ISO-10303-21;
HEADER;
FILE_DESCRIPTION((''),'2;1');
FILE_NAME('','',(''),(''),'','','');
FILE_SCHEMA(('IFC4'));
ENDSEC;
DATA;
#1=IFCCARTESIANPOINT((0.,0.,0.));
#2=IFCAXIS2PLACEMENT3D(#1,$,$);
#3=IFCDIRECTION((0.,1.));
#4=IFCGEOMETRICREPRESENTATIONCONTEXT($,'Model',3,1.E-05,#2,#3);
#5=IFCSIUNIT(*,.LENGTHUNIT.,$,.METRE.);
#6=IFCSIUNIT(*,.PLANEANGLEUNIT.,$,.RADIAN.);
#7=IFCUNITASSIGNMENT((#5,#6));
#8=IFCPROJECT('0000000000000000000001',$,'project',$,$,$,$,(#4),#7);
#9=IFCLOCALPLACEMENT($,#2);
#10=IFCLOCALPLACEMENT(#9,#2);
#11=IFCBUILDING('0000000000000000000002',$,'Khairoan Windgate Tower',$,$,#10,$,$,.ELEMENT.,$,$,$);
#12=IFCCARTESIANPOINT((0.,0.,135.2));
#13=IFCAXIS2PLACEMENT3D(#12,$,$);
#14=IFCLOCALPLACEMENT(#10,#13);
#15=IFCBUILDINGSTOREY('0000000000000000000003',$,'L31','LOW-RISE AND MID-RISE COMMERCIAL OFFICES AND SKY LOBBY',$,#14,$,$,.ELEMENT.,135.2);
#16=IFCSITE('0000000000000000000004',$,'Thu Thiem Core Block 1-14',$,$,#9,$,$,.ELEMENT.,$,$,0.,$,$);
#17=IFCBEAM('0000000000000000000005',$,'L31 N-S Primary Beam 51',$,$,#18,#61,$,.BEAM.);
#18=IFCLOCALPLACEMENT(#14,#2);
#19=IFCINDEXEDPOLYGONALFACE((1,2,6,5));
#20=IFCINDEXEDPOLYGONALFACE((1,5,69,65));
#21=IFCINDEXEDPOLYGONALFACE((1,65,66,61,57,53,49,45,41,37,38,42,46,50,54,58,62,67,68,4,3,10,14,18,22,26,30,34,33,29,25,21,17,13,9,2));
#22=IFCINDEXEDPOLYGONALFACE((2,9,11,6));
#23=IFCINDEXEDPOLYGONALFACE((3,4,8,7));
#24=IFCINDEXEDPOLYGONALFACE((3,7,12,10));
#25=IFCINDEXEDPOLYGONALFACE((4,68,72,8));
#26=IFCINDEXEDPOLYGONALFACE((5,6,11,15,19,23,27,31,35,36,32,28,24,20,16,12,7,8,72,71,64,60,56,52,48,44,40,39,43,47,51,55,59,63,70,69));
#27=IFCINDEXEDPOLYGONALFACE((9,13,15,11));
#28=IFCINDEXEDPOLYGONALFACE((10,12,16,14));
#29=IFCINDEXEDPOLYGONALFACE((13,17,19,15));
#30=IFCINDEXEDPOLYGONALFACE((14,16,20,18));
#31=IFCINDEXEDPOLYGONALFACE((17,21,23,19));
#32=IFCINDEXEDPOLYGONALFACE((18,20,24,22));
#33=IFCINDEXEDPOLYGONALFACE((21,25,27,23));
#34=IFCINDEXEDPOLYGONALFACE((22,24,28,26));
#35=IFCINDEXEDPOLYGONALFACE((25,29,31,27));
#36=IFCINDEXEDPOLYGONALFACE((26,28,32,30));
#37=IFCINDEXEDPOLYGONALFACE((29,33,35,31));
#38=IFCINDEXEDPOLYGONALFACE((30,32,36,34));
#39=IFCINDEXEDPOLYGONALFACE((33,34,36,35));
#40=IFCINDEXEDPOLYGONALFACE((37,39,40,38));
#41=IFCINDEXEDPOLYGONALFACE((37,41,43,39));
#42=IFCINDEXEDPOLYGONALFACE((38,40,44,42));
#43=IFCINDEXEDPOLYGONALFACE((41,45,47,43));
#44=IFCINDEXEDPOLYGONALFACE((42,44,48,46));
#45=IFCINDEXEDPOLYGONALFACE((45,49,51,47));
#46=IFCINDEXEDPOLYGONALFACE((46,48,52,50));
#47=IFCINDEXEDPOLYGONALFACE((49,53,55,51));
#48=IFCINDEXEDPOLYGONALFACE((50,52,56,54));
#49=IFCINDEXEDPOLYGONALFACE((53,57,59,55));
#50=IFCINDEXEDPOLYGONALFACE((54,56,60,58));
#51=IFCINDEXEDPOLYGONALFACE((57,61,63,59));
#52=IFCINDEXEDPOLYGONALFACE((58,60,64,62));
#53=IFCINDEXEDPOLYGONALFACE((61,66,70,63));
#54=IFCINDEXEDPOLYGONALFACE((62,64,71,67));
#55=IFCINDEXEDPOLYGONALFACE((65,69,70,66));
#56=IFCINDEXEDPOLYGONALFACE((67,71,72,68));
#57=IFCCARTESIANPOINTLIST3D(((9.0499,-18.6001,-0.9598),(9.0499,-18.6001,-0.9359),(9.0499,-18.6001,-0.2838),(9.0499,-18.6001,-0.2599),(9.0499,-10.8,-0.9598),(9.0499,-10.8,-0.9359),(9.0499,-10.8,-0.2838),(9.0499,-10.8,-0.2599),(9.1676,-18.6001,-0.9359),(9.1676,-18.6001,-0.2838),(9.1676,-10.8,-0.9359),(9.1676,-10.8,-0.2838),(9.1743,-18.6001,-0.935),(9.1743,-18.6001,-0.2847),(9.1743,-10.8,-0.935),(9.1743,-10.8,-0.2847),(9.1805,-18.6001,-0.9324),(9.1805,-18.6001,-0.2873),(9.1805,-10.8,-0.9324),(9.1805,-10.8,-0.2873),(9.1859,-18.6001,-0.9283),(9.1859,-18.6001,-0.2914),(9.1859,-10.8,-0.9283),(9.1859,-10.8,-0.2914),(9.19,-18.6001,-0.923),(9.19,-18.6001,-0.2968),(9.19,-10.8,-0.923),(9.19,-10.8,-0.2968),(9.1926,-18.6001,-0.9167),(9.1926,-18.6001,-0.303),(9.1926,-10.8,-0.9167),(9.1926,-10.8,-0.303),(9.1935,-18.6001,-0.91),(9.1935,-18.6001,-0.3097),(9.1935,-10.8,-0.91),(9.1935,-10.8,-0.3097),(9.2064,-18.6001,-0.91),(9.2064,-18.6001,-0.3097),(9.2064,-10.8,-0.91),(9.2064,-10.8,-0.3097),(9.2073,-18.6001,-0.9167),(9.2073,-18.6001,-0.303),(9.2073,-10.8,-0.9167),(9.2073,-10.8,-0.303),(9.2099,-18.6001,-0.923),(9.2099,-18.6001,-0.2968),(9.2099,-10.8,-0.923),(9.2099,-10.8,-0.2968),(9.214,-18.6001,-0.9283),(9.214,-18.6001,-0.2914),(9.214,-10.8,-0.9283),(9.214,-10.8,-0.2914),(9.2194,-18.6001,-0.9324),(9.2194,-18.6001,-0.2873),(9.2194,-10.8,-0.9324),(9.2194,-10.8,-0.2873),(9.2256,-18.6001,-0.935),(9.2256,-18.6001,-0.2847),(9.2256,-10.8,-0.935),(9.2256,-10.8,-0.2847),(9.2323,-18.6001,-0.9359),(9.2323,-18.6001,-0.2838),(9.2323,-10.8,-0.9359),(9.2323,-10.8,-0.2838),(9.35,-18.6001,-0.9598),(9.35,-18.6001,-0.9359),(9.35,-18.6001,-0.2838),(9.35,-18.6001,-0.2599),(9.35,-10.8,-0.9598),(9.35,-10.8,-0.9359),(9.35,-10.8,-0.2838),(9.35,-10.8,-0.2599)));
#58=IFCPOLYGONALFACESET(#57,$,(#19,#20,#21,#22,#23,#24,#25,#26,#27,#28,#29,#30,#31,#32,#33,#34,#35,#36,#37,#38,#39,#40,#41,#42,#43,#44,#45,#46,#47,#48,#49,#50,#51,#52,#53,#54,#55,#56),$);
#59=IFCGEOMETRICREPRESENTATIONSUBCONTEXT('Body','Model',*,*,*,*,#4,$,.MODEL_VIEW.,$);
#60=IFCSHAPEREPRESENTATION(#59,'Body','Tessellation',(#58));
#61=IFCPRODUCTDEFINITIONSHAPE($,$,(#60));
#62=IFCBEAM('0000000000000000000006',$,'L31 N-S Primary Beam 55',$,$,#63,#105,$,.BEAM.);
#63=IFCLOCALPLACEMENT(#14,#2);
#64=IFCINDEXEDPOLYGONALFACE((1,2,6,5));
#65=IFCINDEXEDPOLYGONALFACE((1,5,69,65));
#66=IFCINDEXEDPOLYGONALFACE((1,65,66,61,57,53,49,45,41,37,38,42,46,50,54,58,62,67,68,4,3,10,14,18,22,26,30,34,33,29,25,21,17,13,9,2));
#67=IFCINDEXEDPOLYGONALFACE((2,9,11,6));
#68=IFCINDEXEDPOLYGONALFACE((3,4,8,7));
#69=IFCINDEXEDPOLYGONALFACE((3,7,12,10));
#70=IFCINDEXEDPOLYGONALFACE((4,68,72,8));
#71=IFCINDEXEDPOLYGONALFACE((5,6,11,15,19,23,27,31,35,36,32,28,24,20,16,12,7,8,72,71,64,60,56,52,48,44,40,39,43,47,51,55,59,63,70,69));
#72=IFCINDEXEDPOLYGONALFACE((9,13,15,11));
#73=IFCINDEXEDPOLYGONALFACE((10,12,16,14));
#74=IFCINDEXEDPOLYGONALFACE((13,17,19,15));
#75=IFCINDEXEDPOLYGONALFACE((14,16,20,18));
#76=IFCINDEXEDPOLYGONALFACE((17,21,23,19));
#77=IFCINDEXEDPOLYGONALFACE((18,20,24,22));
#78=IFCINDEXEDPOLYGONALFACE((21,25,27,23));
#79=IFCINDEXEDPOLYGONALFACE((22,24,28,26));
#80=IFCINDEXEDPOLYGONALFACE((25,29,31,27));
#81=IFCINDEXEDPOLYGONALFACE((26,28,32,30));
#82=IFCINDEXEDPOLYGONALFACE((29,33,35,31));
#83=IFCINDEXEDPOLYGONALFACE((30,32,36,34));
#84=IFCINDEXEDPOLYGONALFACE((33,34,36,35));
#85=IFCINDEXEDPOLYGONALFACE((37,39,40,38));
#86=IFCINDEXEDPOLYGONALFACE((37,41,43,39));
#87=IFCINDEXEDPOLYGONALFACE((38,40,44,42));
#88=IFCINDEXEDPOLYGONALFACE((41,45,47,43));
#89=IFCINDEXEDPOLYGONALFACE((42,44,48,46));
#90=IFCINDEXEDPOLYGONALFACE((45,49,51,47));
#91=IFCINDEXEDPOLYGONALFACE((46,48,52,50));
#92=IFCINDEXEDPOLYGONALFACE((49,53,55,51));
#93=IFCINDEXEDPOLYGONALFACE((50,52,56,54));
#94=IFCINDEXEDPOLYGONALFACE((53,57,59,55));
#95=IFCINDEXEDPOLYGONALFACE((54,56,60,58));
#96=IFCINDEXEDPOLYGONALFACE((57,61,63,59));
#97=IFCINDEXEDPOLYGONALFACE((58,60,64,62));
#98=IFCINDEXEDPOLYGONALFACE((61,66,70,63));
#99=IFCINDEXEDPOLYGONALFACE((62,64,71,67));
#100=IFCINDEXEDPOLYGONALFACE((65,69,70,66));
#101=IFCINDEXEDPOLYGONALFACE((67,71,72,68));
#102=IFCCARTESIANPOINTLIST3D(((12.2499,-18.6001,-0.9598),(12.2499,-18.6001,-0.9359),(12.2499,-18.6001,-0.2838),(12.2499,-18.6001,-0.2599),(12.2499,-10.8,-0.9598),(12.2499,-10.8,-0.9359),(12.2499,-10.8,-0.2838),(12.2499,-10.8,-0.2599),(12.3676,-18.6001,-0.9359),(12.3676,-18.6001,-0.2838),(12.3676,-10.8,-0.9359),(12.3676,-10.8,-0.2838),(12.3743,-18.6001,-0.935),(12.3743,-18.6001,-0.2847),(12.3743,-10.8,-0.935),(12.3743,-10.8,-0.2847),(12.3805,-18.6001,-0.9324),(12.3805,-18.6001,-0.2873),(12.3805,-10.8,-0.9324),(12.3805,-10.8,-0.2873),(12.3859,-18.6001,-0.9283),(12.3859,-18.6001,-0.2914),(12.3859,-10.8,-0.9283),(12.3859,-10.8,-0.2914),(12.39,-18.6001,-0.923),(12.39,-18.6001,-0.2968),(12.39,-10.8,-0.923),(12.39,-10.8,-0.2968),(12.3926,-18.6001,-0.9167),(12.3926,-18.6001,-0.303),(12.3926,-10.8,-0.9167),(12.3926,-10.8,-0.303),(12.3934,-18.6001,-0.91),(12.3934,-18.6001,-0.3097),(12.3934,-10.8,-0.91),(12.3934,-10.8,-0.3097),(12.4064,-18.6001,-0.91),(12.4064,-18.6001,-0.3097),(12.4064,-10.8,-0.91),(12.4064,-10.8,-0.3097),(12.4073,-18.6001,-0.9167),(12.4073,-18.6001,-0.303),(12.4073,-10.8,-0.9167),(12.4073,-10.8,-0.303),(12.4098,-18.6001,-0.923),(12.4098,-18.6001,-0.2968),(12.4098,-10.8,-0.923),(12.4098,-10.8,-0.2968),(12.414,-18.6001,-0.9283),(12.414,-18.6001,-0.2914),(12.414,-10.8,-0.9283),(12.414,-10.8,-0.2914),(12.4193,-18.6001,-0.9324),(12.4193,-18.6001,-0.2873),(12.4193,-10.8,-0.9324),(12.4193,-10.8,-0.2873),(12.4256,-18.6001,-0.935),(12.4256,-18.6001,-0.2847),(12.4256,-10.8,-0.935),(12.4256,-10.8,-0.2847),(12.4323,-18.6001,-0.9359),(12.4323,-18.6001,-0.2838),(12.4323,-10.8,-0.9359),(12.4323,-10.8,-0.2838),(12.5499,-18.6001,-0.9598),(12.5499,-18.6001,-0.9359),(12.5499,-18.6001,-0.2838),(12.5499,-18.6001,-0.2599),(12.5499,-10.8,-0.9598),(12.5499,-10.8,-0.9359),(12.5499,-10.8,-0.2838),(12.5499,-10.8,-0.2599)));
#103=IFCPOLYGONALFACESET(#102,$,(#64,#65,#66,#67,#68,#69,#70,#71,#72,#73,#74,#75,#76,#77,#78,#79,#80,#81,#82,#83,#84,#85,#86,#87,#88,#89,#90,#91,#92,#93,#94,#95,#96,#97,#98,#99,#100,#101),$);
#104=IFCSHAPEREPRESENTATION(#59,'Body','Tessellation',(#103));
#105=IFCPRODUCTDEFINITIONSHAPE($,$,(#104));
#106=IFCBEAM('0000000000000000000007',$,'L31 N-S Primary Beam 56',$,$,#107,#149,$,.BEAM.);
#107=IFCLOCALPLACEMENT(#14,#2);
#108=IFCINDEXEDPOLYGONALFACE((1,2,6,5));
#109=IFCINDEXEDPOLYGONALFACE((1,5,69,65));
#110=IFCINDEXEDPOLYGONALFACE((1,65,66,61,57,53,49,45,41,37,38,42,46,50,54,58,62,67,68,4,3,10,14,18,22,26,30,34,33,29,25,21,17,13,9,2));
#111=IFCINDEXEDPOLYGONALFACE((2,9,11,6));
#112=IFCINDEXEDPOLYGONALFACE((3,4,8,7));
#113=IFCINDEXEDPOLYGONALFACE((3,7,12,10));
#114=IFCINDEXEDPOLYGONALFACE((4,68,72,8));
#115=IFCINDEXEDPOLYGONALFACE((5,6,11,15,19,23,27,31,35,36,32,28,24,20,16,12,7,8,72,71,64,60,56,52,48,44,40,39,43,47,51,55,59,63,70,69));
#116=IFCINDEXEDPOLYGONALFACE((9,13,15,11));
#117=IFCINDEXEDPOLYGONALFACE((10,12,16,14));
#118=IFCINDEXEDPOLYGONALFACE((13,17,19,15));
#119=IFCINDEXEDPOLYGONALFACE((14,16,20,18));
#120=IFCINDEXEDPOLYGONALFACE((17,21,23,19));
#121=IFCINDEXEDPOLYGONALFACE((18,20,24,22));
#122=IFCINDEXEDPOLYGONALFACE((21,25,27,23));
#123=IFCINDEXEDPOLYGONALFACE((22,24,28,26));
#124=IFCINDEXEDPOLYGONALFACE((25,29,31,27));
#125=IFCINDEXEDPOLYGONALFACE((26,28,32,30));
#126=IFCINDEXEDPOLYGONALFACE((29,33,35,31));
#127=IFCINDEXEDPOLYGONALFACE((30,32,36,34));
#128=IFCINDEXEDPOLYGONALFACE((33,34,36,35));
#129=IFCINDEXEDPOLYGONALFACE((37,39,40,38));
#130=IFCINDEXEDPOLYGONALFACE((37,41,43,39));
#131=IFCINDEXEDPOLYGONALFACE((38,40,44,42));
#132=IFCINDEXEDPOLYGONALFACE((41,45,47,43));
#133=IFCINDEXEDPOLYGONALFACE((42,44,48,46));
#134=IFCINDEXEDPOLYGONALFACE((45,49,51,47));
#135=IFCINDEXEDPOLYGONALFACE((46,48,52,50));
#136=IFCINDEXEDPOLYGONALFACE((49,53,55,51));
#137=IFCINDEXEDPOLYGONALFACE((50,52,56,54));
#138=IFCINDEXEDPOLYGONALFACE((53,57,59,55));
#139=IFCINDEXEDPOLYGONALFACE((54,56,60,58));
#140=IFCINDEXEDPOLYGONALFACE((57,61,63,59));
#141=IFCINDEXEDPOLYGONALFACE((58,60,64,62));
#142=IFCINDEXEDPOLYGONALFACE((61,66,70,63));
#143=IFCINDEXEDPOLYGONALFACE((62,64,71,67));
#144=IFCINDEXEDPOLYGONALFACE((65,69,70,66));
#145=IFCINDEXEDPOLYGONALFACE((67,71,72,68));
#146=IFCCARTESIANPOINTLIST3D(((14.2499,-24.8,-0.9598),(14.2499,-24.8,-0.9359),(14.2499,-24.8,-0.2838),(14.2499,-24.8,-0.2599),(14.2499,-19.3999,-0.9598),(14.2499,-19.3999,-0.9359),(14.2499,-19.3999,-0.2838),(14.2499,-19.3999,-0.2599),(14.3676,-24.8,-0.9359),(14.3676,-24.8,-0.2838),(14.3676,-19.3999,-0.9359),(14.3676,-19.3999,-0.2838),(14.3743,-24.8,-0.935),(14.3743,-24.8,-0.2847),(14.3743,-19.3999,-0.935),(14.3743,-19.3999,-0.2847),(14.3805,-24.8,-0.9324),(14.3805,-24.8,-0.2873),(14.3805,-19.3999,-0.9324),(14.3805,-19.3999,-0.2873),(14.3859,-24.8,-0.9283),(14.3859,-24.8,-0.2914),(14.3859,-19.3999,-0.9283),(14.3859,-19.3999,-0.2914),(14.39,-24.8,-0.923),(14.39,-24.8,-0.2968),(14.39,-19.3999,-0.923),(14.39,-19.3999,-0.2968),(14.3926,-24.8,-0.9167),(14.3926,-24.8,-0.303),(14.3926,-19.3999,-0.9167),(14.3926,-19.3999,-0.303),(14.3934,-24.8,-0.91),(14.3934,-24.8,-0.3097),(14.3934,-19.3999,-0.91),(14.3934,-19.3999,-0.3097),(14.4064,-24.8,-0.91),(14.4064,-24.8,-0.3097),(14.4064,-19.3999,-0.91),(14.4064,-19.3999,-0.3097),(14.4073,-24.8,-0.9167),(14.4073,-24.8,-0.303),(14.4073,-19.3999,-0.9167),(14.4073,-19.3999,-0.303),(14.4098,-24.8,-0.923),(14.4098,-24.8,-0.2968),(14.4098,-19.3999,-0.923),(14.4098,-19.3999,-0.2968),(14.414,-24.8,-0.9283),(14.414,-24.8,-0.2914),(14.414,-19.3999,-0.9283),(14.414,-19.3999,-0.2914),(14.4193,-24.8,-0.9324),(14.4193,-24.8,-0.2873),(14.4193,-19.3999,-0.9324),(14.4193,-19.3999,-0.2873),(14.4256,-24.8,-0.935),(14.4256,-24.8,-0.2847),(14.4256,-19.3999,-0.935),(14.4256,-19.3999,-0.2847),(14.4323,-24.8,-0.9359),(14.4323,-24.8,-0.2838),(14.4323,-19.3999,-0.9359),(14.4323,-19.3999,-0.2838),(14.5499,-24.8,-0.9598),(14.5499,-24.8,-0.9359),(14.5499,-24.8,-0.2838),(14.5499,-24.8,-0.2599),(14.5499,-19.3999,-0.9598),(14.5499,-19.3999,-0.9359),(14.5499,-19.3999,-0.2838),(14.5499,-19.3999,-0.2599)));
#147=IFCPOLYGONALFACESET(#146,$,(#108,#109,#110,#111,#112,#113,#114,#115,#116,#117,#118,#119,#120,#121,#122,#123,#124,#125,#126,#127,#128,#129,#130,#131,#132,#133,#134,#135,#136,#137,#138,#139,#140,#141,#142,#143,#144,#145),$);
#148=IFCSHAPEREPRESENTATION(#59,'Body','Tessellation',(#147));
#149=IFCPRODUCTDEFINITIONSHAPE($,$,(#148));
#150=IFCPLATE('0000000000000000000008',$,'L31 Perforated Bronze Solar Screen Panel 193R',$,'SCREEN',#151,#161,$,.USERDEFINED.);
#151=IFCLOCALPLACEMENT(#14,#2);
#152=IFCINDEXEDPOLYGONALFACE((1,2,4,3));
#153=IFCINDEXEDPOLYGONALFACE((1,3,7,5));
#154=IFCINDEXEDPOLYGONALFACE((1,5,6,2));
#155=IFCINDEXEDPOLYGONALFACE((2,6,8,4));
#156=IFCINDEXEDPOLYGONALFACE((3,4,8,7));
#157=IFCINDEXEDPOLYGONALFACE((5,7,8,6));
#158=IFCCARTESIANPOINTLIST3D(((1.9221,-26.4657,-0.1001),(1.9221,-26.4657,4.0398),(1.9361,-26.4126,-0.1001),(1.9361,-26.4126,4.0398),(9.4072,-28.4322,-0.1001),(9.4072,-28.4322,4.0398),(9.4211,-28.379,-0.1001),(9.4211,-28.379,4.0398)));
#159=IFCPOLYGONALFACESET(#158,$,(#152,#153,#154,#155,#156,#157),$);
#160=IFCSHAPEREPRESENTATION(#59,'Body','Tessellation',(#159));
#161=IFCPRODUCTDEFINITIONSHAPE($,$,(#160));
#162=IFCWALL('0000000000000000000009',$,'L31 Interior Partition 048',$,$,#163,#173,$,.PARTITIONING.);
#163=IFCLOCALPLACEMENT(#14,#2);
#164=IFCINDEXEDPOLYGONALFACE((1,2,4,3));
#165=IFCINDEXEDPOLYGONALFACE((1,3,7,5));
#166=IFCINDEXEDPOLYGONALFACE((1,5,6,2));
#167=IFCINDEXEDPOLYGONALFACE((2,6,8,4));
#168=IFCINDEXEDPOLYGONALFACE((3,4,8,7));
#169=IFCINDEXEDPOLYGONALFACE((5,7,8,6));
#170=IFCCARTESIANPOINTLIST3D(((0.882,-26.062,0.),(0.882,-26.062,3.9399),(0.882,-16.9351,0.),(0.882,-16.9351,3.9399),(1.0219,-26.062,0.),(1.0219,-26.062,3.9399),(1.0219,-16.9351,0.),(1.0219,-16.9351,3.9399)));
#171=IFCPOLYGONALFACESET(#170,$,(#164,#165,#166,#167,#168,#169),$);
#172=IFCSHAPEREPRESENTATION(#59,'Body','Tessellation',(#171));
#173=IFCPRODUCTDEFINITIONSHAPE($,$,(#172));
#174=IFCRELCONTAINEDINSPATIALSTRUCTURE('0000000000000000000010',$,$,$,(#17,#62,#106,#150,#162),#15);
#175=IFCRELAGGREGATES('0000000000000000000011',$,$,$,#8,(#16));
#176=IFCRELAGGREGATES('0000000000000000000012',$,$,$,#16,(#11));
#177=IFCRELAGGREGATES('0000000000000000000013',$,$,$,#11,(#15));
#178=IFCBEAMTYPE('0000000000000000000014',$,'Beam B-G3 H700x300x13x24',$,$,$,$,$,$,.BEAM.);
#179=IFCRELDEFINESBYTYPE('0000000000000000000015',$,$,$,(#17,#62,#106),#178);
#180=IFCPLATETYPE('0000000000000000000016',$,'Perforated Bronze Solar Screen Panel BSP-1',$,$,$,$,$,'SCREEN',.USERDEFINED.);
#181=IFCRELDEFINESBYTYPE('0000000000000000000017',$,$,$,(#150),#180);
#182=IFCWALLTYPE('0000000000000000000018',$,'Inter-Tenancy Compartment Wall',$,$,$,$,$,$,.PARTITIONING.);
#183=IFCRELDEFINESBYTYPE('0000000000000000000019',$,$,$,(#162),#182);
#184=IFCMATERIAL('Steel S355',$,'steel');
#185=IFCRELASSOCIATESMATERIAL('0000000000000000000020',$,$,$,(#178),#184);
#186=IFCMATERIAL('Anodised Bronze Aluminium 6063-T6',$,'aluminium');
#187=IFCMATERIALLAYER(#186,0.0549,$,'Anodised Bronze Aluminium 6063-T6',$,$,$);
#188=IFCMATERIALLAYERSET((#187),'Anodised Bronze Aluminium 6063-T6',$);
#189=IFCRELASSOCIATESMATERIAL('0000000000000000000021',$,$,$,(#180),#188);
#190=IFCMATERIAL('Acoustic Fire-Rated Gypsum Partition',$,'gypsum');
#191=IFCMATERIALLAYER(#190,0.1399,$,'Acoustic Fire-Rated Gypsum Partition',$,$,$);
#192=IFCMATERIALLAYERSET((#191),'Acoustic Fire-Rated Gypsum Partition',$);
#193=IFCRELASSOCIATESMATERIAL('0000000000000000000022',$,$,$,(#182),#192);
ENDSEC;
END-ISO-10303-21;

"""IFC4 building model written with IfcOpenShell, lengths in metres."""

from ifc_helpers import new_model, si_unit, direction, frame, frame_2d, origin, origin_2d, place, context, subcontext, project, spatial, rectangle, i_section, extrude, material, layer, layer_set, material_profile, profile_set, type_object, element, save


model = new_model("IFC4")

# Units and contexts
model_context = context("Model", 3, precision=1e-05, world=origin(), true_north=direction((0.0, 1.0)))
body_context = subcontext(model_context, "Body", "Model", "MODEL_VIEW")
ifc_project = project(units=[si_unit("LENGTHUNIT", "METRE"), si_unit("PLANEANGLEUNIT", "RADIAN")], contexts=[model_context])

# Site, building, storey
site_placement = place(None, origin())
site = spatial("IfcSite", under=ifc_project, at=site_placement, Name="Thu Thiem Core Block 1-14", CompositionType="ELEMENT", RefElevation=0.0)
building_placement = place(site_placement, origin())
building = spatial("IfcBuilding", under=site, at=building_placement, Name="Khairoan Windgate Tower", CompositionType="ELEMENT")
storey_placement = place(building_placement, frame((0.0, 0.0, 135.2)))
storey = spatial("IfcBuildingStorey", under=building, at=storey_placement, Name="L31", Description="LOW-RISE AND MID-RISE COMMERCIAL OFFICES AND SKY LOBBY", CompositionType="ELEMENT", Elevation=135.2)

# Beams
ifc_material_1 = material(Name="Steel S355", Category="steel")
ifc_material_profile_1 = material_profile(ifc_material_1, i_section(OverallWidth=0.3, OverallDepth=0.7, WebThickness=0.0129, FlangeThickness=0.0239, FilletRadius=0.0259, at=origin_2d()))
ifc_profile_set_1 = profile_set([ifc_material_profile_1], Name="Steel S355")
beam_type = type_object("IfcBeamType", Name="Beam B-G3 H700x300x13x24", PredefinedType="BEAM", material=ifc_profile_set_1)
for number, where, z_axis, x_axis, name in (
    (1, (9.2, -18.6001, -0.6099), (0.0, 1.0, 0.0), (-1.0, 0.0, 0.0), "L31 N-S Primary Beam 51"),
    (2, (12.3999, -18.6001, -0.6099), (0.0, 1.0, 0.0), (-1.0, 0.0, 0.0), "L31 N-S Primary Beam 55"),
):
    element("IfcBeam", number, at=place(storey_placement, frame(where, z_axis=z_axis, x_axis=x_axis)), inside=storey, type_object=beam_type, Name=name, PredefinedType="BEAM", context=body_context, shape_type="SweptSolid", body=[
        extrude(i_section(OverallWidth=0.3, OverallDepth=0.7, WebThickness=0.0129, FlangeThickness=0.0239, FilletRadius=0.0259, at=origin_2d()), origin(), (0.0, 0.0, 1.0), 7.8),
    ])
beam_1_placement = place(storey_placement, frame((14.3999, -24.8, -0.6099), z_axis=(0.0, 1.0, 0.0), x_axis=(-1.0, 0.0, 0.0)))
element("IfcBeam", 3, at=beam_1_placement, inside=storey, type_object=beam_type, Name="L31 N-S Primary Beam 56", PredefinedType="BEAM", context=body_context, shape_type="SweptSolid", body=[
    extrude(i_section(OverallWidth=0.3, OverallDepth=0.7, WebThickness=0.0129, FlangeThickness=0.0239, FilletRadius=0.0259, at=origin_2d()), origin(), (0.0, 0.0, 1.0), 5.4001),
])

# Plate
ifc_material_2 = material(Name="Anodised Bronze Aluminium 6063-T6", Category="aluminium")
ifc_layer_1 = layer(ifc_material_2, 0.0549, Name="Anodised Bronze Aluminium 6063-T6")
ifc_layer_set_1 = layer_set([ifc_layer_1], Name="Anodised Bronze Aluminium 6063-T6")
plate_type = type_object("IfcPlateType", Name="Perforated Bronze Solar Screen Panel BSP-1", ElementType="SCREEN", PredefinedType="USERDEFINED", material=ifc_layer_set_1)
plate_placement = place(storey_placement, frame((5.6716, -27.4224, -0.1001), z_axis=(0.0, 0.0, 1.0), x_axis=(-0.967179, 0.254096, 0.0)))
element("IfcPlate", 4, at=plate_placement, inside=storey, type_object=plate_type, Name="L31 Perforated Bronze Solar Screen Panel 193R", ObjectType="SCREEN", PredefinedType="USERDEFINED", context=body_context, shape_type="SweptSolid", body=[
    extrude(rectangle(XDim=7.739, YDim=0.0549, at=origin_2d()), origin(), (0.0, 0.0, 1.0), 4.1399),
])

# Wall
ifc_material_3 = material(Name="Acoustic Fire-Rated Gypsum Partition", Category="gypsum")
ifc_layer_2 = layer(ifc_material_3, 0.1399, Name="Acoustic Fire-Rated Gypsum Partition")
ifc_layer_set_2 = layer_set([ifc_layer_2], Name="Acoustic Fire-Rated Gypsum Partition")
wall_type_1 = type_object("IfcWallType", Name="Inter-Tenancy Compartment Wall", PredefinedType="PARTITIONING", material=ifc_layer_set_2)
wall_1_placement = place(storey_placement, frame((0.9519, -26.062, 0.0), z_axis=(0.0, 0.0, 1.0), x_axis=(0.0, 1.0, 0.0)))
element("IfcWall", 5, at=wall_1_placement, inside=storey, type_object=wall_type_1, Name="L31 Interior Partition 048", PredefinedType="PARTITIONING", context=body_context, shape_type="SweptSolid", body=[
    extrude(rectangle(XDim=9.127, YDim=0.1399, at=frame_2d((4.5635, 0.0))), origin(), (0.0, 0.0, 1.0), 3.9399),
])

save(model, "model.ifc")
